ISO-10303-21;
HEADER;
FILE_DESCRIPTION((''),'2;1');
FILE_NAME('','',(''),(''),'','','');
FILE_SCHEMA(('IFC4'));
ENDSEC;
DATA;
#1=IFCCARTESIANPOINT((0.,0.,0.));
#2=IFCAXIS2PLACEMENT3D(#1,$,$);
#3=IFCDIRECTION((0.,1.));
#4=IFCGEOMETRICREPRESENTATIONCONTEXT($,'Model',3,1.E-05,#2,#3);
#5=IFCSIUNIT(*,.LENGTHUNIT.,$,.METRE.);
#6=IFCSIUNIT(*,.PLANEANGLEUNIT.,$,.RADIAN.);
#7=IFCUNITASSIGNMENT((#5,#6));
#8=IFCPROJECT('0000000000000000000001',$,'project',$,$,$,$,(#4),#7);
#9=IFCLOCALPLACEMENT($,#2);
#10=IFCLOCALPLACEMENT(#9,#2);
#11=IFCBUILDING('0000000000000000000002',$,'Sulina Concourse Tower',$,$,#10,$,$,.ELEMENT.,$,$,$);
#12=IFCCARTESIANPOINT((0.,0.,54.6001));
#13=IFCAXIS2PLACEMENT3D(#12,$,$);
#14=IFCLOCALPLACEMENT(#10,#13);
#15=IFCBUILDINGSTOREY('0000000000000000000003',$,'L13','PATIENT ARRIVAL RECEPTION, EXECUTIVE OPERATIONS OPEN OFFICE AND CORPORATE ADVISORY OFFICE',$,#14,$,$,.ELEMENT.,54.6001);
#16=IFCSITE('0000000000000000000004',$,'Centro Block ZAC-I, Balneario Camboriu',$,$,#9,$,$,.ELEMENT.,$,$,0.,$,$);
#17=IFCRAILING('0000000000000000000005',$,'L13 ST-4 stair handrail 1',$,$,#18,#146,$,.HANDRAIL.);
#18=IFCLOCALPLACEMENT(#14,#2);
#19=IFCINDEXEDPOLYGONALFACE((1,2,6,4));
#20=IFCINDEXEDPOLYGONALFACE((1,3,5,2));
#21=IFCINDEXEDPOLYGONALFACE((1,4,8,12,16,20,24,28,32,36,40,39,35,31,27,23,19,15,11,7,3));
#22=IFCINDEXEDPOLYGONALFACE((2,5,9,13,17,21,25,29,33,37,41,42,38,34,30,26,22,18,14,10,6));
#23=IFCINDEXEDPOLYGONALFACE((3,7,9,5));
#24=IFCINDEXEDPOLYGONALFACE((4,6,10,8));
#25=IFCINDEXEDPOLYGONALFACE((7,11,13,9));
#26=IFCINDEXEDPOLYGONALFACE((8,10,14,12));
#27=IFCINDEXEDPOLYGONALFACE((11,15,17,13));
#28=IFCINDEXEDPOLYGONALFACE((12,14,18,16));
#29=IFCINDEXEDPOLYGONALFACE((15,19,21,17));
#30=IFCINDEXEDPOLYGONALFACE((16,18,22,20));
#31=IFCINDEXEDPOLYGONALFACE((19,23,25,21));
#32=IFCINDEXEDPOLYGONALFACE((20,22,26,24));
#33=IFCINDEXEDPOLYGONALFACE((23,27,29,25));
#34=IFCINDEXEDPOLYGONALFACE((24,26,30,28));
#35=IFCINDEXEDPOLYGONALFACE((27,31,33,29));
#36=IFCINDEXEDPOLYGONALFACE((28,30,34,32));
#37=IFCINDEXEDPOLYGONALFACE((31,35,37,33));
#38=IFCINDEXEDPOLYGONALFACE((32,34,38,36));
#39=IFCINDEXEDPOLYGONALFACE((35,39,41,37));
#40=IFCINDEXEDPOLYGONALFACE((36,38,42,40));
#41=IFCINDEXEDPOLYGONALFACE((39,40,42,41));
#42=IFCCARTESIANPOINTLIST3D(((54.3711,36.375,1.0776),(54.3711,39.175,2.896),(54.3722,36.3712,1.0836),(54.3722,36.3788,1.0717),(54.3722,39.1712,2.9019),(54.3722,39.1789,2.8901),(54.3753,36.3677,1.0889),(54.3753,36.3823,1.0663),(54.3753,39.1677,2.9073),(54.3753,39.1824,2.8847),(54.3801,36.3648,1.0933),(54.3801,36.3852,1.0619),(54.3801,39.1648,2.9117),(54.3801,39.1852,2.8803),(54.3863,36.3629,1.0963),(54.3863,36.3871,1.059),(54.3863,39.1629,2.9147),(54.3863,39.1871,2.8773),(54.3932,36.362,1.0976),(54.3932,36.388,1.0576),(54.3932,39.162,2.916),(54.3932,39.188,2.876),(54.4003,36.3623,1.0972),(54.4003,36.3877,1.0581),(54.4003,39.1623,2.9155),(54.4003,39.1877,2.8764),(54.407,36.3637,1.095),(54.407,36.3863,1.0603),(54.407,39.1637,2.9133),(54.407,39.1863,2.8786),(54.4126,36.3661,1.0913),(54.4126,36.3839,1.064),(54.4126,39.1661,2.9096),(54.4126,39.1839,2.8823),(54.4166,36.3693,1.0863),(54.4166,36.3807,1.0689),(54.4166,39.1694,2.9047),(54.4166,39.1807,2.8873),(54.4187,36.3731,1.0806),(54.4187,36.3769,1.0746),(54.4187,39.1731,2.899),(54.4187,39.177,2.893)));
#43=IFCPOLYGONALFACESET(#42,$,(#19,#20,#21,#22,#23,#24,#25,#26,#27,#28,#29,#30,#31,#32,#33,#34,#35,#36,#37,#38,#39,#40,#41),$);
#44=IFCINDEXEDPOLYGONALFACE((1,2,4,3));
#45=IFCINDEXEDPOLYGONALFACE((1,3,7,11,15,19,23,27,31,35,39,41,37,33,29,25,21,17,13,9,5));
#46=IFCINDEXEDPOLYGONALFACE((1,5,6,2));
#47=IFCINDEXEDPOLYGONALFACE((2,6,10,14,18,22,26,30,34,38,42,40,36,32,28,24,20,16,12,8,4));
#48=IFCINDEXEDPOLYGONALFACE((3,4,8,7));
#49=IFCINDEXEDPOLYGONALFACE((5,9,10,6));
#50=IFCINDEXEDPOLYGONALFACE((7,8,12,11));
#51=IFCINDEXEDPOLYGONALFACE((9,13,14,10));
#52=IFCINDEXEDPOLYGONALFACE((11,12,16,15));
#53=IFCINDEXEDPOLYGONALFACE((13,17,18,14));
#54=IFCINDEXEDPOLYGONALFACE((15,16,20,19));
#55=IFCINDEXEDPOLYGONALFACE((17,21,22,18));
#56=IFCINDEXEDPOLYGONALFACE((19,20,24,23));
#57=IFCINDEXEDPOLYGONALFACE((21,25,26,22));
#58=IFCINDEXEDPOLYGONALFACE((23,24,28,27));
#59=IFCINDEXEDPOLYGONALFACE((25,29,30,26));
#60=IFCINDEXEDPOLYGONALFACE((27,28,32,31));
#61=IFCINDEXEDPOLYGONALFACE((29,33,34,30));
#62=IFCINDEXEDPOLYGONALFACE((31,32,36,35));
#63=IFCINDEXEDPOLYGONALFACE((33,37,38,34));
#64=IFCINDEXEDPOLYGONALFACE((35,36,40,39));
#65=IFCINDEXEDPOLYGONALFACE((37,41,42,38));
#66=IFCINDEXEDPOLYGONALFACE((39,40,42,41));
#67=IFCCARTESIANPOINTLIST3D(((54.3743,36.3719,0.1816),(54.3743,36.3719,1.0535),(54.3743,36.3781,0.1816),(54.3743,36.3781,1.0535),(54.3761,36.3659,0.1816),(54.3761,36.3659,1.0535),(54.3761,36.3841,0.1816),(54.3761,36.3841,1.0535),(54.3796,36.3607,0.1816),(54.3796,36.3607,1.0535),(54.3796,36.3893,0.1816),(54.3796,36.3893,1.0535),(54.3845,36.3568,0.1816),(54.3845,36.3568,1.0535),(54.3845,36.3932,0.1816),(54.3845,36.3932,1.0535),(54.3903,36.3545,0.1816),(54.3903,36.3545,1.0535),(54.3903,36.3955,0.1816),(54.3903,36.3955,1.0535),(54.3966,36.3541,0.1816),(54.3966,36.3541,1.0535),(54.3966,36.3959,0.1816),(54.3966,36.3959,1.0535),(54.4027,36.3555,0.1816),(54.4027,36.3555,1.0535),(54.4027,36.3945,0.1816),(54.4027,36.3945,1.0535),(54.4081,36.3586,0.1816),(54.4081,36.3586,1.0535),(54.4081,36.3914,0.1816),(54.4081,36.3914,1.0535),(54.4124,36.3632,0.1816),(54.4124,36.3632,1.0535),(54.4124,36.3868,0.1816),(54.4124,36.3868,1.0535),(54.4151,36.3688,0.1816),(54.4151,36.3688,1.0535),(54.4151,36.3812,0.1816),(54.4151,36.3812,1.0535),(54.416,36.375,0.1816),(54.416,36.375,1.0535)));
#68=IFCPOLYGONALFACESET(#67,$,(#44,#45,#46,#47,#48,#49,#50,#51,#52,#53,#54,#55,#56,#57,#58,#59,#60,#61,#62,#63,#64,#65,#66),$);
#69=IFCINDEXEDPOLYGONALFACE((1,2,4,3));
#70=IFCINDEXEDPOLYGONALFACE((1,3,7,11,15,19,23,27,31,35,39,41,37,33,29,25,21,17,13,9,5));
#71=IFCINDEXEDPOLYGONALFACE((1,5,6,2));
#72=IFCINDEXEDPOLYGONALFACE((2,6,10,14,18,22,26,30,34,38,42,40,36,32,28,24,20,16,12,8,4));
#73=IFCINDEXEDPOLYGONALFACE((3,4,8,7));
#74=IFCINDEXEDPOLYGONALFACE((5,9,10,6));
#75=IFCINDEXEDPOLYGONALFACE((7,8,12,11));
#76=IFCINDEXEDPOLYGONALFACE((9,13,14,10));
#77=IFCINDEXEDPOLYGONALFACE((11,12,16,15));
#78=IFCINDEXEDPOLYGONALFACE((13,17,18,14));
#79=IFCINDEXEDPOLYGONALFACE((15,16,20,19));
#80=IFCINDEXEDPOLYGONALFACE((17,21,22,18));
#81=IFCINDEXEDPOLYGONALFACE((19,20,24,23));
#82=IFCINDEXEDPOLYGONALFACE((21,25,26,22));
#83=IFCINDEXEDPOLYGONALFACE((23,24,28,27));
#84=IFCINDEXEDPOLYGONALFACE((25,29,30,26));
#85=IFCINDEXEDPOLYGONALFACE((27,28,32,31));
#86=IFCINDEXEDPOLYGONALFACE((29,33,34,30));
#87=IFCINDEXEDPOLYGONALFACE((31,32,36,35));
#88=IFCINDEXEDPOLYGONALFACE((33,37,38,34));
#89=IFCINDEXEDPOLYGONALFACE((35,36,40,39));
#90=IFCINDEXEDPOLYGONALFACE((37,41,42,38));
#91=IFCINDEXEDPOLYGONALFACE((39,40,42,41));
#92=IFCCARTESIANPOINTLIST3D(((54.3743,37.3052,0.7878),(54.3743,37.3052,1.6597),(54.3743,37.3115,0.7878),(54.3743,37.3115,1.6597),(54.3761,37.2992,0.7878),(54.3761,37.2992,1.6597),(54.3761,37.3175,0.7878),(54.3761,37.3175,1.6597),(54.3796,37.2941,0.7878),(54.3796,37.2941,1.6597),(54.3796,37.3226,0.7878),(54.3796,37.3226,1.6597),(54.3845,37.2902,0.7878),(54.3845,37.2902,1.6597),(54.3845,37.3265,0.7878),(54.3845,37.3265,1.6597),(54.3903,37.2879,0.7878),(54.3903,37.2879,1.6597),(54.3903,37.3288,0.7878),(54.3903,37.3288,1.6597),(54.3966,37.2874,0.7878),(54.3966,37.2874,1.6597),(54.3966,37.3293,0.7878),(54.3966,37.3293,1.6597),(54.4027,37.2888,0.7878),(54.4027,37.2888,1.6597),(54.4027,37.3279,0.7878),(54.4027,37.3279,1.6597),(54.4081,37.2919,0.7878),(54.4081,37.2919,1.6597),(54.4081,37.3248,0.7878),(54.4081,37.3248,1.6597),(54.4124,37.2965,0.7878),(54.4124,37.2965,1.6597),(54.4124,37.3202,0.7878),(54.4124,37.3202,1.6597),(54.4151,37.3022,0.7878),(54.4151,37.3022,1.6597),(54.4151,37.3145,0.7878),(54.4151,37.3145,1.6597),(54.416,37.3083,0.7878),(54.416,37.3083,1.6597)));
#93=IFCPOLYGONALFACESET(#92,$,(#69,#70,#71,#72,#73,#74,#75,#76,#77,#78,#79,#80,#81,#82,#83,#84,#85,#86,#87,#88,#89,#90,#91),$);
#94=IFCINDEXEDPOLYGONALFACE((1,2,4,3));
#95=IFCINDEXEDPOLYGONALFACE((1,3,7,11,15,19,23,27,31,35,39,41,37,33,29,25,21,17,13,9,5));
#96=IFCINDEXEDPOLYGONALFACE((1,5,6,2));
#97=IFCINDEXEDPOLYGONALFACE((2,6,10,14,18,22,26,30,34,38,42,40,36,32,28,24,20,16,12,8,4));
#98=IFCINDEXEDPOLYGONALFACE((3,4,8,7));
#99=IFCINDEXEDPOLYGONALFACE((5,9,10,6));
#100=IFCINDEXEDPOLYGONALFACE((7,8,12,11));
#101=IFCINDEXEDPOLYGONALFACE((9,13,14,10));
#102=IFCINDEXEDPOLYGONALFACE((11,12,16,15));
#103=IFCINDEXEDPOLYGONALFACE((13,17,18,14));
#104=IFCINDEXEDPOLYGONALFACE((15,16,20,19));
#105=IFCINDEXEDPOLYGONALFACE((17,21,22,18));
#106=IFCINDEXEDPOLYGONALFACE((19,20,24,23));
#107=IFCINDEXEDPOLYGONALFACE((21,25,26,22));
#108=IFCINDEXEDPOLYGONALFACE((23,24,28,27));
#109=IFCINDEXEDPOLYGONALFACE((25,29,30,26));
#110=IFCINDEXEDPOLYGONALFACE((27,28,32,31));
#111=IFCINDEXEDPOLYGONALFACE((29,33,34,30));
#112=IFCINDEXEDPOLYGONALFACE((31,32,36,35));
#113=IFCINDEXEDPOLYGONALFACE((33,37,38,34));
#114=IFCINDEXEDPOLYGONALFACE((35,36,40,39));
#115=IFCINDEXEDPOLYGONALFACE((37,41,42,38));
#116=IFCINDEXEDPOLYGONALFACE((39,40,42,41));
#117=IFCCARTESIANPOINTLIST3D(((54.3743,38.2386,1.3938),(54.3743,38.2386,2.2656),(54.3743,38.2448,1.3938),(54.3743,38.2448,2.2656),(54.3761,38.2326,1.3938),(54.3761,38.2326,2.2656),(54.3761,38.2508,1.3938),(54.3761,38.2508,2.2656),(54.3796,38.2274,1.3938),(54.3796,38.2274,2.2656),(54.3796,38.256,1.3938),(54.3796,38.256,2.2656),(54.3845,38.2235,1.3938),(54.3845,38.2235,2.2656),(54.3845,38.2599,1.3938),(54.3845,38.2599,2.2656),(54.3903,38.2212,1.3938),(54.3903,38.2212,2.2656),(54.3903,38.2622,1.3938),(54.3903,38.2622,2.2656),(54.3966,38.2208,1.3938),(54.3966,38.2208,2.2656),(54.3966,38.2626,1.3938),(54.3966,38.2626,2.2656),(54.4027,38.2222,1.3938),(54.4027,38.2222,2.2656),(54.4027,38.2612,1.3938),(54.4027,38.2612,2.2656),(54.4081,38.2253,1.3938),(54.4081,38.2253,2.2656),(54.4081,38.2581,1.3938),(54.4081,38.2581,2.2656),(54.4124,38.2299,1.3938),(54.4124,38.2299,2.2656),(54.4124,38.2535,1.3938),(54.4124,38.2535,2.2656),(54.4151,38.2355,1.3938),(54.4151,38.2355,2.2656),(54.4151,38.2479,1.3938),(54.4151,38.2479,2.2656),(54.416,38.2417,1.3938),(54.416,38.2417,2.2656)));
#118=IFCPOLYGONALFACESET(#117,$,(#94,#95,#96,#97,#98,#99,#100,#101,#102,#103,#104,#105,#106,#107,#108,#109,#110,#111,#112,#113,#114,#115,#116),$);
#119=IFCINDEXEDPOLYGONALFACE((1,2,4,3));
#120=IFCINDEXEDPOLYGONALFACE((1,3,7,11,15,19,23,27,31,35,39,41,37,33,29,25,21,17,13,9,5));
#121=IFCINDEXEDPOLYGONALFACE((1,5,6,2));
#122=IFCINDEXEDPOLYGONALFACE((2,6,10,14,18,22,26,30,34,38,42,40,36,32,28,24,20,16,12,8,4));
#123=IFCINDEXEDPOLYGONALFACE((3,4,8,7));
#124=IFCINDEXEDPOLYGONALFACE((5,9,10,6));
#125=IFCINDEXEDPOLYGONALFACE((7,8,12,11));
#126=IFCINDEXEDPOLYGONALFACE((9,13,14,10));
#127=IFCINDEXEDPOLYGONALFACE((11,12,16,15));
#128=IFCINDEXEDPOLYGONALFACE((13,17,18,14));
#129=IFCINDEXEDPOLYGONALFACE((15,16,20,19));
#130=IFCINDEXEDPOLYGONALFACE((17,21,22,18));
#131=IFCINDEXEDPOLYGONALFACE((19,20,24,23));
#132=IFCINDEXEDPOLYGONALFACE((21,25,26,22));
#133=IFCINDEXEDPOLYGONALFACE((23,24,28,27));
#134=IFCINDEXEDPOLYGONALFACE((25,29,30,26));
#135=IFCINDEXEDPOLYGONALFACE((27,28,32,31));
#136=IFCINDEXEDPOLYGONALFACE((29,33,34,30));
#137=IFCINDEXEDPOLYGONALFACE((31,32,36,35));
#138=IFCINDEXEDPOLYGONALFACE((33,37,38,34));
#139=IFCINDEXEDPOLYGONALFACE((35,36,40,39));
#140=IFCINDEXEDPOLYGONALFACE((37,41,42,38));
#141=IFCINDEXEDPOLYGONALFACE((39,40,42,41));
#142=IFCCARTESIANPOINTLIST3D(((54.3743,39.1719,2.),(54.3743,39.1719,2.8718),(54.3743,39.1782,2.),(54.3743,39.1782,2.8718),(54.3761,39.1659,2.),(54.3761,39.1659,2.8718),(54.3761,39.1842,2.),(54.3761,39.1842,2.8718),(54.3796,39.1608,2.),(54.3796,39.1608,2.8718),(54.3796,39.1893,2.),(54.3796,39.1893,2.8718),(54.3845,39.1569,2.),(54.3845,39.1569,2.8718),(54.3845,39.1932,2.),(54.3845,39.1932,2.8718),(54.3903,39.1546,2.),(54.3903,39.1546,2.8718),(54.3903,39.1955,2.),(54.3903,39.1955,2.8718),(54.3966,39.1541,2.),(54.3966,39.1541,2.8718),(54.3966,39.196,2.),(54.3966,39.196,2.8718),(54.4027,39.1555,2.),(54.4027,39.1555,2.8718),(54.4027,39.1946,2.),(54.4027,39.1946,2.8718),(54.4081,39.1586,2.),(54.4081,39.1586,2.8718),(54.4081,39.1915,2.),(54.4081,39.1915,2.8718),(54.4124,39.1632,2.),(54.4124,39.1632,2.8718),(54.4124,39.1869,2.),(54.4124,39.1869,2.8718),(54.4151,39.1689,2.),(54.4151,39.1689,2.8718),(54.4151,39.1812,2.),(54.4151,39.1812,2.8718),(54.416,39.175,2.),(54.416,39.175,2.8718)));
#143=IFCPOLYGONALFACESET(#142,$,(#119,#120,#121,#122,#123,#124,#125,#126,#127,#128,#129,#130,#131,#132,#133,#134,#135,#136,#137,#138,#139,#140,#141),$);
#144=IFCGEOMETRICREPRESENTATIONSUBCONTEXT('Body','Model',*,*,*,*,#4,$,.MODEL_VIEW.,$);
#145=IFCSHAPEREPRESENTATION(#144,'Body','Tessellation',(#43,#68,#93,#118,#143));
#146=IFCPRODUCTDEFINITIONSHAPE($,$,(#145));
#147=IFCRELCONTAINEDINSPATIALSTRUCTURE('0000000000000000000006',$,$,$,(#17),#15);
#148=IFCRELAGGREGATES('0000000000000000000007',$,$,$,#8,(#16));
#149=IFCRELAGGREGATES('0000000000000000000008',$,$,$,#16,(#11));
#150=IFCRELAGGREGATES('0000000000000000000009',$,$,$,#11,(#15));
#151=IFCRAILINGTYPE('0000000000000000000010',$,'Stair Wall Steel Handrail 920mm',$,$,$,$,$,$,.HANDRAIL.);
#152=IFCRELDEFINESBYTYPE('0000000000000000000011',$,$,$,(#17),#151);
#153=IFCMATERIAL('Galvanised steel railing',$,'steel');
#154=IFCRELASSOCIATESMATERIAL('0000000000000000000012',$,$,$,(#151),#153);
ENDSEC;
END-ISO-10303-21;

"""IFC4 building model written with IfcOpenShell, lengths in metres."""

from ifc_helpers import new_model, si_unit, direction, frame, origin, origin_2d, place, context, subcontext, project, spatial, circle, extrude, material, type_object, element, save


model = new_model("IFC4")

# Units and contexts
model_context = context("Model", 3, precision=1e-05, world=origin(), true_north=direction((0.0, 1.0)))
body_context = subcontext(model_context, "Body", "Model", "MODEL_VIEW")
ifc_project = project(units=[si_unit("LENGTHUNIT", "METRE"), si_unit("PLANEANGLEUNIT", "RADIAN")], contexts=[model_context])

# Site, building, storey
site_placement = place(None, origin())
site = spatial("IfcSite", under=ifc_project, at=site_placement, Name="Centro Block ZAC-I, Balneario Camboriu", CompositionType="ELEMENT", RefElevation=0.0)
building_placement = place(site_placement, origin())
building = spatial("IfcBuilding", under=site, at=building_placement, Name="Sulina Concourse Tower", CompositionType="ELEMENT")
storey_placement = place(building_placement, frame((0.0, 0.0, 54.6001)))
storey = spatial("IfcBuildingStorey", under=building, at=storey_placement, Name="L13", Description="PATIENT ARRIVAL RECEPTION, EXECUTIVE OPERATIONS OPEN OFFICE AND CORPORATE ADVISORY OFFICE", CompositionType="ELEMENT", Elevation=54.6001)

# Railing
ifc_material_1 = material(Name="Galvanised steel railing", Category="steel")
railing_type_1 = type_object("IfcRailingType", Name="Stair Wall Steel Handrail 920mm", PredefinedType="HANDRAIL", material=ifc_material_1)
railing_1_placement = place(storey_placement, frame((54.395, 36.375, 0.1816)))
element("IfcRailing", 1, at=railing_1_placement, inside=storey, type_object=railing_type_1, Name="L13 ST-4 stair handrail 1", PredefinedType="HANDRAIL", context=body_context, shape_type="SweptSolid", body=[
    extrude(circle(Radius=0.0239, at=origin_2d()), frame((0.0, 0.0, 0.896), z_axis=(0.0, 0.838672, 0.544636), x_axis=(-1.0, 0.0, 0.0)), (0.0, 0.0, 1.0), 3.3386),
    extrude(circle(Radius=0.021, at=origin_2d()), origin(), (0.0, 0.0, 1.0), 0.8718),
    extrude(circle(Radius=0.021, at=origin_2d()), frame((0.0, 0.9333, 0.6062)), (0.0, 0.0, 1.0), 0.8718),
    extrude(circle(Radius=0.021, at=origin_2d()), frame((0.0, 1.8667, 1.2122)), (0.0, 0.0, 1.0), 0.8718),
    extrude(circle(Radius=0.021, at=origin_2d()), frame((0.0, 2.8, 1.8184)), (0.0, 0.0, 1.0), 0.8718),
])

save(model, "model.ifc")
